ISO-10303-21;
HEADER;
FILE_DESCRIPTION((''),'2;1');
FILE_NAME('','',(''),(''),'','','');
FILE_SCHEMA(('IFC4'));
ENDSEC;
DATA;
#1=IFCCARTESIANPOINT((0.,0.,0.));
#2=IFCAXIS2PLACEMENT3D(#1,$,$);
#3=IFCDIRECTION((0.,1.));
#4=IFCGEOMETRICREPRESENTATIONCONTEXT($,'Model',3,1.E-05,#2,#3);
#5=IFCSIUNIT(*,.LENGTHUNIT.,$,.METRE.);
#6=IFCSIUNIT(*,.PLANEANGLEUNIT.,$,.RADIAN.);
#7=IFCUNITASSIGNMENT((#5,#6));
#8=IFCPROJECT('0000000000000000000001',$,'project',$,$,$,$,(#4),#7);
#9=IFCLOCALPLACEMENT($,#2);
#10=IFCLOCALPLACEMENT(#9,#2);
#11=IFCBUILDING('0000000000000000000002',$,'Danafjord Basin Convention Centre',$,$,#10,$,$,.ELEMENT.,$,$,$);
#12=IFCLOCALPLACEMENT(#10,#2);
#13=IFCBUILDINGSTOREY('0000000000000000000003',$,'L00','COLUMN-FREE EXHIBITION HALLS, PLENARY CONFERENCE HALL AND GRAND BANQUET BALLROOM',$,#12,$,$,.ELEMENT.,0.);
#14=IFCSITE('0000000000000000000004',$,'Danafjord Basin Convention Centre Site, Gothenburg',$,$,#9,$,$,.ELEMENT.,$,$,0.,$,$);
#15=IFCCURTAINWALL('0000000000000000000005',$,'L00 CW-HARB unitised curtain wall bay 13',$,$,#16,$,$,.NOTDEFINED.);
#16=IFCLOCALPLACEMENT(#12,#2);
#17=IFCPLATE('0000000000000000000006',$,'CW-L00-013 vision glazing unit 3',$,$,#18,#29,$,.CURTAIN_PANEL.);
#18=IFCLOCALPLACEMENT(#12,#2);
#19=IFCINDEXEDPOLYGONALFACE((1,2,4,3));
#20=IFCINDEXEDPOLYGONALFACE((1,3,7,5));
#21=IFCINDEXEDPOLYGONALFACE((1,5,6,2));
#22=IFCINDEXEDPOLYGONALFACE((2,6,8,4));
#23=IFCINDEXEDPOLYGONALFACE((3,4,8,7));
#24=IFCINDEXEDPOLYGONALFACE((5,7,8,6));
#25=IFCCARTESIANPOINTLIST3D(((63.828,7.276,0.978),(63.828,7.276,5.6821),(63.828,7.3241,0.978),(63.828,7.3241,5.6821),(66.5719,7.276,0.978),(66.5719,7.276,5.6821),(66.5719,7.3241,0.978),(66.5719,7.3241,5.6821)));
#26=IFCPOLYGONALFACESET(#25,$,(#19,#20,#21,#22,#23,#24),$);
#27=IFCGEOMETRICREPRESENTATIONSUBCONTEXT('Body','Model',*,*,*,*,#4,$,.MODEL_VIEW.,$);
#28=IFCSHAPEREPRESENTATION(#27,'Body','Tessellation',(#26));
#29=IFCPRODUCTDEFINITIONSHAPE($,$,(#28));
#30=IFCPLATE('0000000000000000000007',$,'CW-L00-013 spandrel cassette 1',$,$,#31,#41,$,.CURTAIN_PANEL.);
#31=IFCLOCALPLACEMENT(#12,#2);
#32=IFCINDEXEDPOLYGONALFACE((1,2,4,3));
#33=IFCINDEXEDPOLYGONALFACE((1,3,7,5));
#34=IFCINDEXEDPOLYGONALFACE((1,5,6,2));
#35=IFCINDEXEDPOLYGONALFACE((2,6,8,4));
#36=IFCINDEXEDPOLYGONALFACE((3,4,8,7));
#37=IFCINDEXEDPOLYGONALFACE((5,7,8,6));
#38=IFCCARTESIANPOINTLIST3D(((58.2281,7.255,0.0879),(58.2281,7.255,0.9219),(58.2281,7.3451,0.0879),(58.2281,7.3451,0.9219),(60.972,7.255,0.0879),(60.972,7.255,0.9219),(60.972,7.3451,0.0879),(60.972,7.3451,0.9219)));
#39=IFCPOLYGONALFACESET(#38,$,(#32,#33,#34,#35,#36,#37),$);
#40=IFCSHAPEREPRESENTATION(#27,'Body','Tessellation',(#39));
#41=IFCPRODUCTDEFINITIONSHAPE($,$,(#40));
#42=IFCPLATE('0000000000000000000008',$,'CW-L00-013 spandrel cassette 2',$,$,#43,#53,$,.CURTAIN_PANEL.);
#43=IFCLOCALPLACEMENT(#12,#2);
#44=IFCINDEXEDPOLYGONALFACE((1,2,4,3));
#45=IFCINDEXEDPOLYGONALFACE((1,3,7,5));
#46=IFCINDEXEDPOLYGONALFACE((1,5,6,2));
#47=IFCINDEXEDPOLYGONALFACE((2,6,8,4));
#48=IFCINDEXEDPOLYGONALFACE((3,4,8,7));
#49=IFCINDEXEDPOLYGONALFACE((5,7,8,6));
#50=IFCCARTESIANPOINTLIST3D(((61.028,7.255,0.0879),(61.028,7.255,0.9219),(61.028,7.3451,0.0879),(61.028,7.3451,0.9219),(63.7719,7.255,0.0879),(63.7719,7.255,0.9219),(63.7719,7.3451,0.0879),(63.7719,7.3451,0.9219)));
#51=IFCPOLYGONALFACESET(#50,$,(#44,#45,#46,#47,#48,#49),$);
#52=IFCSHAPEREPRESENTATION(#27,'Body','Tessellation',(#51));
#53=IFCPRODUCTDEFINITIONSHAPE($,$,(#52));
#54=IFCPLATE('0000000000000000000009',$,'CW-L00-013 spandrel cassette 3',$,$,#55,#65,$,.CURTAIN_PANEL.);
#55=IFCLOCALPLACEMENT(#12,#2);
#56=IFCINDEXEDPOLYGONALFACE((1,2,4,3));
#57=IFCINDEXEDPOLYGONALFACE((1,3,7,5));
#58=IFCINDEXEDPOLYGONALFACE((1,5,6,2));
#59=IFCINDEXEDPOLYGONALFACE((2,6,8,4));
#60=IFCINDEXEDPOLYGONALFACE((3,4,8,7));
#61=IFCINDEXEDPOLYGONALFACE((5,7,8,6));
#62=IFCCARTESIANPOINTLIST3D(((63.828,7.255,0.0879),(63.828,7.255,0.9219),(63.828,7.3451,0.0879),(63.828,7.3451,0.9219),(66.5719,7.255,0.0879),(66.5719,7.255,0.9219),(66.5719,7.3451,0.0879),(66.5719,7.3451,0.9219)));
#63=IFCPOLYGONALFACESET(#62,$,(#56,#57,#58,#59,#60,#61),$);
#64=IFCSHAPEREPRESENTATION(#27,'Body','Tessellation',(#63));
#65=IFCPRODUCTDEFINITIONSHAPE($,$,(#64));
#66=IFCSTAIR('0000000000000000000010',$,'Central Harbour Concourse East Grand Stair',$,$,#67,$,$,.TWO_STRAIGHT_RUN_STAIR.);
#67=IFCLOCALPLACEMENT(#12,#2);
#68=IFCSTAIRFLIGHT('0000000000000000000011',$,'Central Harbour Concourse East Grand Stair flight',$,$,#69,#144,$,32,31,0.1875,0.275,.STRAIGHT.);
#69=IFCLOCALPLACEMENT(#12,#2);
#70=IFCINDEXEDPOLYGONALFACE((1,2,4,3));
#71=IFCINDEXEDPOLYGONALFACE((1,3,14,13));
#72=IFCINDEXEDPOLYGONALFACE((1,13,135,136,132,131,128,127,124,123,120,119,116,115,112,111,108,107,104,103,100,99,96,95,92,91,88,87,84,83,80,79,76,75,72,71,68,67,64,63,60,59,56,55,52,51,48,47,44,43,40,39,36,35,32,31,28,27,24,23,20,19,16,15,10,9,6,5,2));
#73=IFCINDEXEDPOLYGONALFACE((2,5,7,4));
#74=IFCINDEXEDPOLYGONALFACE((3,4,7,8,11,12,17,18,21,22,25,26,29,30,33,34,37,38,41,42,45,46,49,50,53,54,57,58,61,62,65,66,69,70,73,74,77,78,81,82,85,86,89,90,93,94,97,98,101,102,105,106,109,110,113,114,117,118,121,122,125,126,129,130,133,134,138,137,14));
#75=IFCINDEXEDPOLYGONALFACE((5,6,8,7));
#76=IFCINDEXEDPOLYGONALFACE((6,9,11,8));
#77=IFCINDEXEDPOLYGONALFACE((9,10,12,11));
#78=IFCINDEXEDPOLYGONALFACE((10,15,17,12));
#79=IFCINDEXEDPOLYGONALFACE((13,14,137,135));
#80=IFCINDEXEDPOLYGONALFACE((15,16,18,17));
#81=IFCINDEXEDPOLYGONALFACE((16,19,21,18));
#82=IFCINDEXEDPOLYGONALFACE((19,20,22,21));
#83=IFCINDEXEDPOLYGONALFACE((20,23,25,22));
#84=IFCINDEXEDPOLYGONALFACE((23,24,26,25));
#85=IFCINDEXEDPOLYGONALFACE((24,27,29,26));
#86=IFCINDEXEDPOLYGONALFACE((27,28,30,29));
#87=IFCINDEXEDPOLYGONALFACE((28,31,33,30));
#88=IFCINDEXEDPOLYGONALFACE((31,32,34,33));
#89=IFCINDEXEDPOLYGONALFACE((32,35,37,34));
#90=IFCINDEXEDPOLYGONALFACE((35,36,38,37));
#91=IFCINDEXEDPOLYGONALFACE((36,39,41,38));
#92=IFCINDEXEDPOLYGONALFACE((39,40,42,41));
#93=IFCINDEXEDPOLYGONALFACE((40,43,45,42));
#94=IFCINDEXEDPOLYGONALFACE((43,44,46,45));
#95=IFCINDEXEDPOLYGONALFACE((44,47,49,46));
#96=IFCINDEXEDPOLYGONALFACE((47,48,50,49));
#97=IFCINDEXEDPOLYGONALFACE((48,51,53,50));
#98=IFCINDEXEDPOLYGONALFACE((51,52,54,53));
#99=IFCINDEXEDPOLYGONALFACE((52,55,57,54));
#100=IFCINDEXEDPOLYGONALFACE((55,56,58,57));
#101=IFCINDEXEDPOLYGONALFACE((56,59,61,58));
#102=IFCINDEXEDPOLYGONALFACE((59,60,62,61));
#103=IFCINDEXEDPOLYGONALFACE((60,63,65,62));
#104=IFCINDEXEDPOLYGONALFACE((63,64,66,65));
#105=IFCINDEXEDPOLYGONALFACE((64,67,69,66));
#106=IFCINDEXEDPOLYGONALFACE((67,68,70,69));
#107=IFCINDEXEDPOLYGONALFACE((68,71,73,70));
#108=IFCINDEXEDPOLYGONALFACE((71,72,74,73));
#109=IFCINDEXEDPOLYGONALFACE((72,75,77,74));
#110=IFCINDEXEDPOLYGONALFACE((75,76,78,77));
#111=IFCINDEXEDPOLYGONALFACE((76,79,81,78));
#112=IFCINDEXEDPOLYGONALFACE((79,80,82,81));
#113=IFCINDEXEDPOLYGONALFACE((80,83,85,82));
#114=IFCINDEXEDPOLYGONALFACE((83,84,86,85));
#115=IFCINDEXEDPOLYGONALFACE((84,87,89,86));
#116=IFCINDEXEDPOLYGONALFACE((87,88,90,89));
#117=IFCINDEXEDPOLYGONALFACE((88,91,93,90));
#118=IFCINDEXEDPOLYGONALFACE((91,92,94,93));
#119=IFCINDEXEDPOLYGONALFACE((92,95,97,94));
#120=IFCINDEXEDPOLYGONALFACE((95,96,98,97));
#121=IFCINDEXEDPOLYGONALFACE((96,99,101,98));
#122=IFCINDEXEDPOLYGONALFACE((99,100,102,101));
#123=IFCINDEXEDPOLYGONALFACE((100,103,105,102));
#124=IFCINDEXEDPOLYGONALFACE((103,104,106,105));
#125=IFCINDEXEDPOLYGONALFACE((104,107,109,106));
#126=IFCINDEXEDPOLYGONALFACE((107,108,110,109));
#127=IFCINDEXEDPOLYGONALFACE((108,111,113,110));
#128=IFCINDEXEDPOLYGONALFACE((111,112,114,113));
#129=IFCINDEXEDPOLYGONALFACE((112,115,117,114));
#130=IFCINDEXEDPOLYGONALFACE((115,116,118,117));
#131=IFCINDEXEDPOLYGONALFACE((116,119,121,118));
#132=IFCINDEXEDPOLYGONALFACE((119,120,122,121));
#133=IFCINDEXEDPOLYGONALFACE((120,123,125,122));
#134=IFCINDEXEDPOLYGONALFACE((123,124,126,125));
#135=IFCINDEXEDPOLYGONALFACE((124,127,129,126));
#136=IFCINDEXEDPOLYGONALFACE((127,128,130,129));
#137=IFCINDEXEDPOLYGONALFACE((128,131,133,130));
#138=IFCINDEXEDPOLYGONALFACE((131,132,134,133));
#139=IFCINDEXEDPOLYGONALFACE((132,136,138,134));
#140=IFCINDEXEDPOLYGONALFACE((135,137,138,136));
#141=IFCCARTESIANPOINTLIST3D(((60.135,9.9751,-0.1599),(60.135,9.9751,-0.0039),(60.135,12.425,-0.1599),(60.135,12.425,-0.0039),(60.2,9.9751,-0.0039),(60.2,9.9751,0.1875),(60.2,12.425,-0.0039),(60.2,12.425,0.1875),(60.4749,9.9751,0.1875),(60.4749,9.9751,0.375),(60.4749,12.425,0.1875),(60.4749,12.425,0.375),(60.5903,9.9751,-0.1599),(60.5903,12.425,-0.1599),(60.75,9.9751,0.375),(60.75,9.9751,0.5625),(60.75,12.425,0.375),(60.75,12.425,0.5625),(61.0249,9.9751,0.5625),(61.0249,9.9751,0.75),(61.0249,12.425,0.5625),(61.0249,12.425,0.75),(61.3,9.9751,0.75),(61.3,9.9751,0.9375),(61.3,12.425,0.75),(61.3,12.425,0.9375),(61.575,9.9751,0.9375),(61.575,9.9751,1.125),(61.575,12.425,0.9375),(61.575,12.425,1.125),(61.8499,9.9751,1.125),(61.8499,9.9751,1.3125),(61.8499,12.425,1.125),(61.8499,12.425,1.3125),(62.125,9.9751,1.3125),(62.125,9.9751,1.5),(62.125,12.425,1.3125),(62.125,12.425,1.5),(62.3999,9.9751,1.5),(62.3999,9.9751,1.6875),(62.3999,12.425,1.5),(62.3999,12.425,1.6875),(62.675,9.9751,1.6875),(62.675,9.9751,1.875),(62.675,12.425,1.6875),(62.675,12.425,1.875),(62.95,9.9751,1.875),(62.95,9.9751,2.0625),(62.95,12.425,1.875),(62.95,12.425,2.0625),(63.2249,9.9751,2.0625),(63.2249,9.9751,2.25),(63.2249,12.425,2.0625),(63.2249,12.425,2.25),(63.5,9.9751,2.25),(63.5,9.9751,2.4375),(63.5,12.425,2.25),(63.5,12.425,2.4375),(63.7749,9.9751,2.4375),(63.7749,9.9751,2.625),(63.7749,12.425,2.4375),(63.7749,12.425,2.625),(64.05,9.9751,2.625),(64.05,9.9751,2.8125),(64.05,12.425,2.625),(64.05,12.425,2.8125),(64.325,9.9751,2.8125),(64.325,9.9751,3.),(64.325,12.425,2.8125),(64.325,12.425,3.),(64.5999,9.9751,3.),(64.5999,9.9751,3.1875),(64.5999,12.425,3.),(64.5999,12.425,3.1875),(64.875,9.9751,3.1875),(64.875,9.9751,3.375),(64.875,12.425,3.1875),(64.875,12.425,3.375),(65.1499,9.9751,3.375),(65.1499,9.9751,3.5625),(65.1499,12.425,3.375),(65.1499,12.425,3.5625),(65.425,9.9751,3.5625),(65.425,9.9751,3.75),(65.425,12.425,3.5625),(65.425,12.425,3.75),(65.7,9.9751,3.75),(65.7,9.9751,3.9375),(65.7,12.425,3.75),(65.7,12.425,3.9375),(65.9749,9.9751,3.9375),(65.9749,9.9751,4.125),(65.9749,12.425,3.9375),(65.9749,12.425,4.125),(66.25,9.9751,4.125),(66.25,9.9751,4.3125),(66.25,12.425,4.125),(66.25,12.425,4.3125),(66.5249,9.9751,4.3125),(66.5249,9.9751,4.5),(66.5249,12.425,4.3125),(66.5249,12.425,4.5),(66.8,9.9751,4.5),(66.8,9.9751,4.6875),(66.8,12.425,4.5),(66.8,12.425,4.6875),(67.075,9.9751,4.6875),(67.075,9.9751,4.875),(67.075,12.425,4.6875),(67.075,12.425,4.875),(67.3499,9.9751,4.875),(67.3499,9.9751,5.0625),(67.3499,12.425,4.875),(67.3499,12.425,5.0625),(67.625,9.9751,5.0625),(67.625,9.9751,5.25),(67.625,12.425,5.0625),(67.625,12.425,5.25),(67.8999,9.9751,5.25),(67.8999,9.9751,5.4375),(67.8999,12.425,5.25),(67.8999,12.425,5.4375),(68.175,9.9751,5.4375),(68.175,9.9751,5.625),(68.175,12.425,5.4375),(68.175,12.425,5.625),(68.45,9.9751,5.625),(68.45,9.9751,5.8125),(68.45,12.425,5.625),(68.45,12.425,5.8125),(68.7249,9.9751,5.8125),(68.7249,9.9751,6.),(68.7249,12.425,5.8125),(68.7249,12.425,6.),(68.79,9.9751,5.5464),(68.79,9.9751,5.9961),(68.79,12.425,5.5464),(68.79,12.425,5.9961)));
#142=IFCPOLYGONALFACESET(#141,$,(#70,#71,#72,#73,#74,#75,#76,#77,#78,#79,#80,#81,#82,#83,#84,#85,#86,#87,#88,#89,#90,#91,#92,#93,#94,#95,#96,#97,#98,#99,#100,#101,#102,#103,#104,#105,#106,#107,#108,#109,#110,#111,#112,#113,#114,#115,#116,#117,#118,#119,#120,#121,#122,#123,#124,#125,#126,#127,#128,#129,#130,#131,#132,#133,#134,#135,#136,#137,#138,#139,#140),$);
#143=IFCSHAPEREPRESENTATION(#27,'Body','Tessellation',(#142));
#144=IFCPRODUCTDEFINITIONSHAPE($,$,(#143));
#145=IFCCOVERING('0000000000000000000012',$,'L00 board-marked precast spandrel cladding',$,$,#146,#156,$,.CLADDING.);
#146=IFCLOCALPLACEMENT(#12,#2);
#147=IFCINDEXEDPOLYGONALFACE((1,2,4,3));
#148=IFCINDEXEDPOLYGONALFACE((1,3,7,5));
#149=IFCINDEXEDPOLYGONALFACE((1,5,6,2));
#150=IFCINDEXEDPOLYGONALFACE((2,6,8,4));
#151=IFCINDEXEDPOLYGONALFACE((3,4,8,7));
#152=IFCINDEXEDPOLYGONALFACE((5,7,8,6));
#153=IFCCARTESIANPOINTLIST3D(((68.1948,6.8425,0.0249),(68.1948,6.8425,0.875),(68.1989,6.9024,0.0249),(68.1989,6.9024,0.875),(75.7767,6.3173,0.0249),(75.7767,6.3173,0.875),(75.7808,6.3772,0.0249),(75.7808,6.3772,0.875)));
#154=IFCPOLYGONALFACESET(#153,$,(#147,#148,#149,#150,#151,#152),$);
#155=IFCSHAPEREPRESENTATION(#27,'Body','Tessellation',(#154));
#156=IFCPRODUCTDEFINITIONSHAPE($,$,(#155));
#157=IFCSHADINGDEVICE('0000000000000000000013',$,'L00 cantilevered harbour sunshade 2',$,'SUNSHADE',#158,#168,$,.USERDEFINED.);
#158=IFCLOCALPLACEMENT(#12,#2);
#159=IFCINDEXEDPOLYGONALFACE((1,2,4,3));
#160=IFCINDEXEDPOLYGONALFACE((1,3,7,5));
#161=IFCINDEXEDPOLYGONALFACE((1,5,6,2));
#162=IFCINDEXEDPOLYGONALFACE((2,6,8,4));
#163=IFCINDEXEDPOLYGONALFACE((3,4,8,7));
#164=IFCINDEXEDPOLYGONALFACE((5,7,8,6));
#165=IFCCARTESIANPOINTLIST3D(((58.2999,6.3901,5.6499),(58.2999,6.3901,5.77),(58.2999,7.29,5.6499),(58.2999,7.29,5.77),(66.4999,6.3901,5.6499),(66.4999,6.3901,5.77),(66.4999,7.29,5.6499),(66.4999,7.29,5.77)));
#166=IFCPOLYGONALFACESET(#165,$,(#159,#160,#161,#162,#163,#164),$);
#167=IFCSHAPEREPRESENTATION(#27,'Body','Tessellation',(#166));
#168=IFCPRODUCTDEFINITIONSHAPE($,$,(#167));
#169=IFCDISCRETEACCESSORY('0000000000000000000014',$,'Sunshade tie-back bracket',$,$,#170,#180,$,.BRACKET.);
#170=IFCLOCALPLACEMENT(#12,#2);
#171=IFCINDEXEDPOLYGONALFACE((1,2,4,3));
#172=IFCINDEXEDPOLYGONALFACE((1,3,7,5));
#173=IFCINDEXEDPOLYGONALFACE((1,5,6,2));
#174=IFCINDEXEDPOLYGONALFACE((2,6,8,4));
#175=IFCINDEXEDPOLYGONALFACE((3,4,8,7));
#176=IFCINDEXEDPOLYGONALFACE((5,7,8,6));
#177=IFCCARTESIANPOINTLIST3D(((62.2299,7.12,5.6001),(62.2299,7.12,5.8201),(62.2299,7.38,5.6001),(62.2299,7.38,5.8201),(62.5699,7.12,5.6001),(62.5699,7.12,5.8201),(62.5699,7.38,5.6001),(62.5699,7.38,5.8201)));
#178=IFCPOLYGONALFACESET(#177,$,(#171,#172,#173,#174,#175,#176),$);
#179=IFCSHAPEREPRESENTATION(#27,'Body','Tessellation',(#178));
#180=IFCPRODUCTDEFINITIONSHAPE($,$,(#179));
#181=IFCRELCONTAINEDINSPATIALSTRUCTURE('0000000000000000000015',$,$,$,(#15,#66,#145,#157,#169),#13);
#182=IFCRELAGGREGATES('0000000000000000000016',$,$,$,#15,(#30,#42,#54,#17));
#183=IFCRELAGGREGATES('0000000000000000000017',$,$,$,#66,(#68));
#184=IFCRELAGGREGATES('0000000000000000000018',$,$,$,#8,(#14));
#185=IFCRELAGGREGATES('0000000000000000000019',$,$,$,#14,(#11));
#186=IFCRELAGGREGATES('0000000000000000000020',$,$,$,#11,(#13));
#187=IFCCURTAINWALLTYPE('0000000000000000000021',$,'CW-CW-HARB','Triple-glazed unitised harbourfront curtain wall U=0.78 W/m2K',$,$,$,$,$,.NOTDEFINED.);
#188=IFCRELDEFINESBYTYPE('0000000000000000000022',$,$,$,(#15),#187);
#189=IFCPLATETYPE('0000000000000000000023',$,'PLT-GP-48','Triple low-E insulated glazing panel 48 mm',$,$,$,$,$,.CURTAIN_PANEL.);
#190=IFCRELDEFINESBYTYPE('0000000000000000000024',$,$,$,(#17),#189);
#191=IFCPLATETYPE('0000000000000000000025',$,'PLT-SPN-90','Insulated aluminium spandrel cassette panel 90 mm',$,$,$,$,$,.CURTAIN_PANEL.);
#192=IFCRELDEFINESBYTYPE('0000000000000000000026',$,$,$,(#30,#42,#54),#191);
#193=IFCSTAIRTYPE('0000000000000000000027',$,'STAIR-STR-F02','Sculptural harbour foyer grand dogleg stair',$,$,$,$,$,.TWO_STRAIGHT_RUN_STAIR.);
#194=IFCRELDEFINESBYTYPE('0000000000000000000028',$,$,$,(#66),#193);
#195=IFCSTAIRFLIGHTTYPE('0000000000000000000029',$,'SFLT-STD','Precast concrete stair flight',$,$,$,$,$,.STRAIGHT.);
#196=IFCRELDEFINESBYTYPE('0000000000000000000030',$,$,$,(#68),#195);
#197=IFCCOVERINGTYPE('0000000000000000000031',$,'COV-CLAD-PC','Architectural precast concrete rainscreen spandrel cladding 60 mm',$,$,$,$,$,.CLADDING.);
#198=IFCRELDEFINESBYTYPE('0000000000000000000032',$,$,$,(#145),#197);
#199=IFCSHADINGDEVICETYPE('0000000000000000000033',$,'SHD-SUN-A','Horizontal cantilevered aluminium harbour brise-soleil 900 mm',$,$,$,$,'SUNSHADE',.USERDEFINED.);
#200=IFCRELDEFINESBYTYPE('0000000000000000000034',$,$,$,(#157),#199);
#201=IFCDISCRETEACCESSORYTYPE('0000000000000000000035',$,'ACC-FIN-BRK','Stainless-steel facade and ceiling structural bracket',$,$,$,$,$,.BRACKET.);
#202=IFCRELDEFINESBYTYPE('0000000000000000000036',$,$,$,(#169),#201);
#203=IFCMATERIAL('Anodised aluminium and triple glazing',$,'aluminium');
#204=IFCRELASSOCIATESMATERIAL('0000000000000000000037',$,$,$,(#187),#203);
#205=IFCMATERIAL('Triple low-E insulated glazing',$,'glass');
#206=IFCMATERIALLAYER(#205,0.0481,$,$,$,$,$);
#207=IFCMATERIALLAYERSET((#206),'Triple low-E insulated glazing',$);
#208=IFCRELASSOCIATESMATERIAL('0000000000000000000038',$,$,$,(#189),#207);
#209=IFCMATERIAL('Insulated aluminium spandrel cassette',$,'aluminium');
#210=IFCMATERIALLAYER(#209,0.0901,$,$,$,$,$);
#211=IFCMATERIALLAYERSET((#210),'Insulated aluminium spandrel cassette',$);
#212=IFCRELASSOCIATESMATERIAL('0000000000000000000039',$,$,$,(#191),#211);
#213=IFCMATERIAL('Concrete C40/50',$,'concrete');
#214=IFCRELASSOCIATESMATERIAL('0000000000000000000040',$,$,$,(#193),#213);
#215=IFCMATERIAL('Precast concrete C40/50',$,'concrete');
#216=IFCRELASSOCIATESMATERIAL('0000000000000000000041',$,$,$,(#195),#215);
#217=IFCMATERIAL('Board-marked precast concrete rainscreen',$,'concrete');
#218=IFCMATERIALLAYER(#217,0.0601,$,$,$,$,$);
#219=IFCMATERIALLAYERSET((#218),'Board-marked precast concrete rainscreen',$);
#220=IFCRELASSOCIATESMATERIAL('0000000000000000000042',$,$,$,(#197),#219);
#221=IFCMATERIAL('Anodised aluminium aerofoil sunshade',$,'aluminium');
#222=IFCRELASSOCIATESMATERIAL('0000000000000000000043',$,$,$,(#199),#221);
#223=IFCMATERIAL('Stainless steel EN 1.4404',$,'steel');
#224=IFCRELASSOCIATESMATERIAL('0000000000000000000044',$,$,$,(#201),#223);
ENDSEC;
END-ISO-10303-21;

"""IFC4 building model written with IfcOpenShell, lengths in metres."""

from ifc_helpers import new_model, si_unit, direction, frame, origin, origin_2d, place, context, subcontext, project, spatial, polyline, rectangle, outline, extrude, material, layer, layer_set, type_object, element, aggregate, save


model = new_model("IFC4")

# Units and contexts
model_context = context("Model", 3, precision=1e-05, world=origin(), true_north=direction((0.0, 1.0)))
body_context = subcontext(model_context, "Body", "Model", "MODEL_VIEW")
ifc_project = project(units=[si_unit("LENGTHUNIT", "METRE"), si_unit("PLANEANGLEUNIT", "RADIAN")], contexts=[model_context])

# Site, building, storey
site_placement = place(None, origin())
site = spatial("IfcSite", under=ifc_project, at=site_placement, Name="Danafjord Basin Convention Centre Site, Gothenburg", CompositionType="ELEMENT", RefElevation=0.0)
building_placement = place(site_placement, origin())
building = spatial("IfcBuilding", under=site, at=building_placement, Name="Danafjord Basin Convention Centre", CompositionType="ELEMENT")
storey_placement = place(building_placement, origin())
storey = spatial("IfcBuildingStorey", under=building, at=storey_placement, Name="L00", Description="COLUMN-FREE EXHIBITION HALLS, PLENARY CONFERENCE HALL AND GRAND BANQUET BALLROOM", CompositionType="ELEMENT", Elevation=0.0)

# Curtain wall, plates
ifc_material_1 = material(Name="Anodised aluminium and triple glazing", Category="aluminium")
curtain_wall_type = type_object("IfcCurtainWallType", Name="CW-CW-HARB", Description="Triple-glazed unitised harbourfront curtain wall U=0.78 W/m2K", PredefinedType="NOTDEFINED", material=ifc_material_1)
curtain_wall_placement = place(storey_placement, origin())
curtain_wall = element("IfcCurtainWall", 1, at=curtain_wall_placement, inside=storey, type_object=curtain_wall_type, Name="L00 CW-HARB unitised curtain wall bay 13", PredefinedType="NOTDEFINED")
ifc_material_2 = material(Name="Triple low-E insulated glazing", Category="glass")
ifc_layer_1 = layer(ifc_material_2, 0.0481)
ifc_layer_set_1 = layer_set([ifc_layer_1], Name="Triple low-E insulated glazing")
plate_type_1 = type_object("IfcPlateType", Name="PLT-GP-48", Description="Triple low-E insulated glazing panel 48 mm", PredefinedType="CURTAIN_PANEL", material=ifc_layer_set_1)
plate_1_placement = place(storey_placement, frame((65.2, 7.3, 0.978), z_axis=(0.0, 0.0, 1.0), x_axis=(1.0, 0.0, 0.0)))
plate_1 = element("IfcPlate", 2, at=plate_1_placement, type_object=plate_type_1, Name="CW-L00-013 vision glazing unit 3", PredefinedType="CURTAIN_PANEL", context=body_context, shape_type="SweptSolid", body=[
    extrude(rectangle(XDim=2.7439, YDim=0.0481, at=origin_2d()), origin(), (0.0, 0.0, 1.0), 4.7041),
])
ifc_material_3 = material(Name="Insulated aluminium spandrel cassette", Category="aluminium")
ifc_layer_2 = layer(ifc_material_3, 0.0901)
ifc_layer_set_2 = layer_set([ifc_layer_2], Name="Insulated aluminium spandrel cassette")
plate_type_2 = type_object("IfcPlateType", Name="PLT-SPN-90", Description="Insulated aluminium spandrel cassette panel 90 mm", PredefinedType="CURTAIN_PANEL", material=ifc_layer_set_2)
plate_2_placement = place(storey_placement, frame((59.6001, 7.3, 0.0879), z_axis=(0.0, 0.0, 1.0), x_axis=(1.0, 0.0, 0.0)))
plate_2 = element("IfcPlate", 3, at=plate_2_placement, type_object=plate_type_2, Name="CW-L00-013 spandrel cassette 1", PredefinedType="CURTAIN_PANEL", context=body_context, shape_type="SweptSolid", body=[
    extrude(rectangle(XDim=2.7439, YDim=0.0901, at=origin_2d()), origin(), (0.0, 0.0, 1.0), 0.834),
])
plate_3_placement = place(storey_placement, frame((62.3999, 7.3, 0.0879), z_axis=(0.0, 0.0, 1.0), x_axis=(1.0, 0.0, 0.0)))
plate_3 = element("IfcPlate", 4, at=plate_3_placement, type_object=plate_type_2, Name="CW-L00-013 spandrel cassette 2", PredefinedType="CURTAIN_PANEL", context=body_context, shape_type="SweptSolid", body=[
    extrude(rectangle(XDim=2.7439, YDim=0.0901, at=origin_2d()), origin(), (0.0, 0.0, 1.0), 0.834),
])
plate_4_placement = place(storey_placement, frame((65.2, 7.3, 0.0879), z_axis=(0.0, 0.0, 1.0), x_axis=(1.0, 0.0, 0.0)))
plate_4 = element("IfcPlate", 5, at=plate_4_placement, type_object=plate_type_2, Name="CW-L00-013 spandrel cassette 3", PredefinedType="CURTAIN_PANEL", context=body_context, shape_type="SweptSolid", body=[
    extrude(rectangle(XDim=2.7439, YDim=0.0901, at=origin_2d()), origin(), (0.0, 0.0, 1.0), 0.834),
])
aggregate(curtain_wall, [plate_2, plate_3, plate_4, plate_1])

# Shared definitions
ifc_material_4 = material(Name="Precast concrete C40/50", Category="concrete")

# Stair, stair flight
ifc_material_5 = material(Name="Concrete C40/50", Category="concrete")
stair_type = type_object("IfcStairType", Name="STAIR-STR-F02", Description="Sculptural harbour foyer grand dogleg stair", PredefinedType="TWO_STRAIGHT_RUN_STAIR", material=ifc_material_5)
stair_placement = place(storey_placement, origin())
stair = element("IfcStair", 6, at=stair_placement, inside=storey, type_object=stair_type, Name="Central Harbour Concourse East Grand Stair", PredefinedType="TWO_STRAIGHT_RUN_STAIR")
stair_flight_type = type_object("IfcStairFlightType", Name="SFLT-STD", Description="Precast concrete stair flight", PredefinedType="STRAIGHT", material=ifc_material_4)
stair_flight_placement = place(storey_placement, frame((60.2, 11.2, 0.0), z_axis=(0.0, 0.0, 1.0), x_axis=(1.0, 0.0, 0.0)))
stair_flight = element("IfcStairFlight", 7, at=stair_flight_placement, type_object=stair_flight_type, Name="Central Harbour Concourse East Grand Stair flight", NumberOfRisers=32, NumberOfTreads=31, PredefinedType="STRAIGHT", RiserHeight=0.1875, TreadLength=0.275, context=body_context, shape_type="SweptSolid", body=[
    extrude(outline(polyline([(-0.0649, -0.1599), (-0.0649, -0.0039), (0.0, -0.0039), (0.0, 0.1875), (0.2749, 0.1875), (0.2749, 0.375), (0.55, 0.375), (0.55, 0.5625), (0.825, 0.5625), (0.825, 0.75), (1.1001, 0.75), (1.1001, 0.9375), (1.375, 0.9375), (1.375, 1.125), (1.6499, 1.125), (1.6499, 1.3125), (1.925, 1.3125), (1.925, 1.5), (2.2, 1.5), (2.2, 1.6875), (2.4751, 1.6875), (2.4751, 1.875), (2.75, 1.875), (2.75, 2.0625), (3.0249, 2.0625), (3.0249, 2.25), (3.3, 2.25), (3.3, 2.4375), (3.575, 2.4375), (3.575, 2.625), (3.8501, 2.625), (3.8501, 2.8125), (4.125, 2.8125), (4.125, 3.0), (4.3999, 3.0), (4.3999, 3.1875), (4.675, 3.1875), (4.675, 3.375), (4.95, 3.375), (4.95, 3.5625), (5.2251, 3.5625), (5.2251, 3.75), (5.5, 3.75), (5.5, 3.9375), (5.7749, 3.9375), (5.7749, 4.125), (6.05, 4.125), (6.05, 4.3125), (6.325, 4.3125), (6.325, 4.5), (6.6001, 4.5), (6.6001, 4.6875), (6.875, 4.6875), (6.875, 4.875), (7.1499, 4.875), (7.1499, 5.0625), (7.425, 5.0625), (7.425, 5.25), (7.7, 5.25), (7.7, 5.4375), (7.9751, 5.4375), (7.9751, 5.625), (8.25, 5.625), (8.25, 5.8125), (8.5249, 5.8125), (8.5249, 6.0), (8.5901, 5.9961), (8.5901, 5.5464), (0.3904, -0.1599), (-0.0649, -0.1599)])), frame((0.0, 1.2251, 0.0), z_axis=(0.0, -1.0, 0.0), x_axis=(1.0, 0.0, 0.0)), (0.0, 0.0, 1.0), 2.45),
])
aggregate(stair, [stair_flight])

# Covering
ifc_material_6 = material(Name="Board-marked precast concrete rainscreen", Category="concrete")
ifc_layer_3 = layer(ifc_material_6, 0.0601)
ifc_layer_set_3 = layer_set([ifc_layer_3], Name="Board-marked precast concrete rainscreen")
covering_type = type_object("IfcCoveringType", Name="COV-CLAD-PC", Description="Architectural precast concrete rainscreen spandrel cladding 60 mm", PredefinedType="CLADDING", material=ifc_layer_set_3)
covering_placement = place(storey_placement, frame((71.9878, 6.6099, 0.0249), z_axis=(0.0, 0.0, 1.0), x_axis=(0.997609, -0.069105, 0.0)))
element("IfcCovering", 8, at=covering_placement, inside=storey, type_object=covering_type, Name="L00 board-marked precast spandrel cladding", PredefinedType="CLADDING", context=body_context, shape_type="SweptSolid", body=[
    extrude(rectangle(XDim=7.6001, YDim=0.0601, at=origin_2d()), origin(), (0.0, 0.0, 1.0), 0.8501),
])

# Shading device
ifc_material_7 = material(Name="Anodised aluminium aerofoil sunshade", Category="aluminium")
shading_device_type = type_object("IfcShadingDeviceType", Name="SHD-SUN-A", Description="Horizontal cantilevered aluminium harbour brise-soleil 900 mm", ElementType="SUNSHADE", PredefinedType="USERDEFINED", material=ifc_material_7)
shading_device_placement = place(storey_placement, frame((62.3999, 6.8401, 5.6499), z_axis=(0.0, 0.0, 1.0), x_axis=(1.0, 0.0, 0.0)))
element("IfcShadingDevice", 9, at=shading_device_placement, inside=storey, type_object=shading_device_type, Name="L00 cantilevered harbour sunshade 2", ObjectType="SUNSHADE", PredefinedType="USERDEFINED", context=body_context, shape_type="SweptSolid", body=[
    extrude(rectangle(XDim=8.2, YDim=0.8999, at=origin_2d()), origin(), (0.0, 0.0, 1.0), 0.1201),
])

# Discrete accessory
ifc_material_8 = material(Name="Stainless steel EN 1.4404", Category="steel")
discrete_accessory_type_1 = type_object("IfcDiscreteAccessoryType", Name="ACC-FIN-BRK", Description="Stainless-steel facade and ceiling structural bracket", PredefinedType="BRACKET", material=ifc_material_8)
discrete_accessory_1_placement = place(storey_placement, frame((62.3999, 7.25, 5.6001), z_axis=(0.0, 0.0, 1.0), x_axis=(1.0, 0.0, 0.0)))
element("IfcDiscreteAccessory", 10, at=discrete_accessory_1_placement, inside=storey, type_object=discrete_accessory_type_1, Name="Sunshade tie-back bracket", PredefinedType="BRACKET", context=body_context, shape_type="SweptSolid", body=[
    extrude(rectangle(XDim=0.3401, YDim=0.26, at=origin_2d()), origin(), (0.0, 0.0, 1.0), 0.22),
])

save(model, "model.ifc")
